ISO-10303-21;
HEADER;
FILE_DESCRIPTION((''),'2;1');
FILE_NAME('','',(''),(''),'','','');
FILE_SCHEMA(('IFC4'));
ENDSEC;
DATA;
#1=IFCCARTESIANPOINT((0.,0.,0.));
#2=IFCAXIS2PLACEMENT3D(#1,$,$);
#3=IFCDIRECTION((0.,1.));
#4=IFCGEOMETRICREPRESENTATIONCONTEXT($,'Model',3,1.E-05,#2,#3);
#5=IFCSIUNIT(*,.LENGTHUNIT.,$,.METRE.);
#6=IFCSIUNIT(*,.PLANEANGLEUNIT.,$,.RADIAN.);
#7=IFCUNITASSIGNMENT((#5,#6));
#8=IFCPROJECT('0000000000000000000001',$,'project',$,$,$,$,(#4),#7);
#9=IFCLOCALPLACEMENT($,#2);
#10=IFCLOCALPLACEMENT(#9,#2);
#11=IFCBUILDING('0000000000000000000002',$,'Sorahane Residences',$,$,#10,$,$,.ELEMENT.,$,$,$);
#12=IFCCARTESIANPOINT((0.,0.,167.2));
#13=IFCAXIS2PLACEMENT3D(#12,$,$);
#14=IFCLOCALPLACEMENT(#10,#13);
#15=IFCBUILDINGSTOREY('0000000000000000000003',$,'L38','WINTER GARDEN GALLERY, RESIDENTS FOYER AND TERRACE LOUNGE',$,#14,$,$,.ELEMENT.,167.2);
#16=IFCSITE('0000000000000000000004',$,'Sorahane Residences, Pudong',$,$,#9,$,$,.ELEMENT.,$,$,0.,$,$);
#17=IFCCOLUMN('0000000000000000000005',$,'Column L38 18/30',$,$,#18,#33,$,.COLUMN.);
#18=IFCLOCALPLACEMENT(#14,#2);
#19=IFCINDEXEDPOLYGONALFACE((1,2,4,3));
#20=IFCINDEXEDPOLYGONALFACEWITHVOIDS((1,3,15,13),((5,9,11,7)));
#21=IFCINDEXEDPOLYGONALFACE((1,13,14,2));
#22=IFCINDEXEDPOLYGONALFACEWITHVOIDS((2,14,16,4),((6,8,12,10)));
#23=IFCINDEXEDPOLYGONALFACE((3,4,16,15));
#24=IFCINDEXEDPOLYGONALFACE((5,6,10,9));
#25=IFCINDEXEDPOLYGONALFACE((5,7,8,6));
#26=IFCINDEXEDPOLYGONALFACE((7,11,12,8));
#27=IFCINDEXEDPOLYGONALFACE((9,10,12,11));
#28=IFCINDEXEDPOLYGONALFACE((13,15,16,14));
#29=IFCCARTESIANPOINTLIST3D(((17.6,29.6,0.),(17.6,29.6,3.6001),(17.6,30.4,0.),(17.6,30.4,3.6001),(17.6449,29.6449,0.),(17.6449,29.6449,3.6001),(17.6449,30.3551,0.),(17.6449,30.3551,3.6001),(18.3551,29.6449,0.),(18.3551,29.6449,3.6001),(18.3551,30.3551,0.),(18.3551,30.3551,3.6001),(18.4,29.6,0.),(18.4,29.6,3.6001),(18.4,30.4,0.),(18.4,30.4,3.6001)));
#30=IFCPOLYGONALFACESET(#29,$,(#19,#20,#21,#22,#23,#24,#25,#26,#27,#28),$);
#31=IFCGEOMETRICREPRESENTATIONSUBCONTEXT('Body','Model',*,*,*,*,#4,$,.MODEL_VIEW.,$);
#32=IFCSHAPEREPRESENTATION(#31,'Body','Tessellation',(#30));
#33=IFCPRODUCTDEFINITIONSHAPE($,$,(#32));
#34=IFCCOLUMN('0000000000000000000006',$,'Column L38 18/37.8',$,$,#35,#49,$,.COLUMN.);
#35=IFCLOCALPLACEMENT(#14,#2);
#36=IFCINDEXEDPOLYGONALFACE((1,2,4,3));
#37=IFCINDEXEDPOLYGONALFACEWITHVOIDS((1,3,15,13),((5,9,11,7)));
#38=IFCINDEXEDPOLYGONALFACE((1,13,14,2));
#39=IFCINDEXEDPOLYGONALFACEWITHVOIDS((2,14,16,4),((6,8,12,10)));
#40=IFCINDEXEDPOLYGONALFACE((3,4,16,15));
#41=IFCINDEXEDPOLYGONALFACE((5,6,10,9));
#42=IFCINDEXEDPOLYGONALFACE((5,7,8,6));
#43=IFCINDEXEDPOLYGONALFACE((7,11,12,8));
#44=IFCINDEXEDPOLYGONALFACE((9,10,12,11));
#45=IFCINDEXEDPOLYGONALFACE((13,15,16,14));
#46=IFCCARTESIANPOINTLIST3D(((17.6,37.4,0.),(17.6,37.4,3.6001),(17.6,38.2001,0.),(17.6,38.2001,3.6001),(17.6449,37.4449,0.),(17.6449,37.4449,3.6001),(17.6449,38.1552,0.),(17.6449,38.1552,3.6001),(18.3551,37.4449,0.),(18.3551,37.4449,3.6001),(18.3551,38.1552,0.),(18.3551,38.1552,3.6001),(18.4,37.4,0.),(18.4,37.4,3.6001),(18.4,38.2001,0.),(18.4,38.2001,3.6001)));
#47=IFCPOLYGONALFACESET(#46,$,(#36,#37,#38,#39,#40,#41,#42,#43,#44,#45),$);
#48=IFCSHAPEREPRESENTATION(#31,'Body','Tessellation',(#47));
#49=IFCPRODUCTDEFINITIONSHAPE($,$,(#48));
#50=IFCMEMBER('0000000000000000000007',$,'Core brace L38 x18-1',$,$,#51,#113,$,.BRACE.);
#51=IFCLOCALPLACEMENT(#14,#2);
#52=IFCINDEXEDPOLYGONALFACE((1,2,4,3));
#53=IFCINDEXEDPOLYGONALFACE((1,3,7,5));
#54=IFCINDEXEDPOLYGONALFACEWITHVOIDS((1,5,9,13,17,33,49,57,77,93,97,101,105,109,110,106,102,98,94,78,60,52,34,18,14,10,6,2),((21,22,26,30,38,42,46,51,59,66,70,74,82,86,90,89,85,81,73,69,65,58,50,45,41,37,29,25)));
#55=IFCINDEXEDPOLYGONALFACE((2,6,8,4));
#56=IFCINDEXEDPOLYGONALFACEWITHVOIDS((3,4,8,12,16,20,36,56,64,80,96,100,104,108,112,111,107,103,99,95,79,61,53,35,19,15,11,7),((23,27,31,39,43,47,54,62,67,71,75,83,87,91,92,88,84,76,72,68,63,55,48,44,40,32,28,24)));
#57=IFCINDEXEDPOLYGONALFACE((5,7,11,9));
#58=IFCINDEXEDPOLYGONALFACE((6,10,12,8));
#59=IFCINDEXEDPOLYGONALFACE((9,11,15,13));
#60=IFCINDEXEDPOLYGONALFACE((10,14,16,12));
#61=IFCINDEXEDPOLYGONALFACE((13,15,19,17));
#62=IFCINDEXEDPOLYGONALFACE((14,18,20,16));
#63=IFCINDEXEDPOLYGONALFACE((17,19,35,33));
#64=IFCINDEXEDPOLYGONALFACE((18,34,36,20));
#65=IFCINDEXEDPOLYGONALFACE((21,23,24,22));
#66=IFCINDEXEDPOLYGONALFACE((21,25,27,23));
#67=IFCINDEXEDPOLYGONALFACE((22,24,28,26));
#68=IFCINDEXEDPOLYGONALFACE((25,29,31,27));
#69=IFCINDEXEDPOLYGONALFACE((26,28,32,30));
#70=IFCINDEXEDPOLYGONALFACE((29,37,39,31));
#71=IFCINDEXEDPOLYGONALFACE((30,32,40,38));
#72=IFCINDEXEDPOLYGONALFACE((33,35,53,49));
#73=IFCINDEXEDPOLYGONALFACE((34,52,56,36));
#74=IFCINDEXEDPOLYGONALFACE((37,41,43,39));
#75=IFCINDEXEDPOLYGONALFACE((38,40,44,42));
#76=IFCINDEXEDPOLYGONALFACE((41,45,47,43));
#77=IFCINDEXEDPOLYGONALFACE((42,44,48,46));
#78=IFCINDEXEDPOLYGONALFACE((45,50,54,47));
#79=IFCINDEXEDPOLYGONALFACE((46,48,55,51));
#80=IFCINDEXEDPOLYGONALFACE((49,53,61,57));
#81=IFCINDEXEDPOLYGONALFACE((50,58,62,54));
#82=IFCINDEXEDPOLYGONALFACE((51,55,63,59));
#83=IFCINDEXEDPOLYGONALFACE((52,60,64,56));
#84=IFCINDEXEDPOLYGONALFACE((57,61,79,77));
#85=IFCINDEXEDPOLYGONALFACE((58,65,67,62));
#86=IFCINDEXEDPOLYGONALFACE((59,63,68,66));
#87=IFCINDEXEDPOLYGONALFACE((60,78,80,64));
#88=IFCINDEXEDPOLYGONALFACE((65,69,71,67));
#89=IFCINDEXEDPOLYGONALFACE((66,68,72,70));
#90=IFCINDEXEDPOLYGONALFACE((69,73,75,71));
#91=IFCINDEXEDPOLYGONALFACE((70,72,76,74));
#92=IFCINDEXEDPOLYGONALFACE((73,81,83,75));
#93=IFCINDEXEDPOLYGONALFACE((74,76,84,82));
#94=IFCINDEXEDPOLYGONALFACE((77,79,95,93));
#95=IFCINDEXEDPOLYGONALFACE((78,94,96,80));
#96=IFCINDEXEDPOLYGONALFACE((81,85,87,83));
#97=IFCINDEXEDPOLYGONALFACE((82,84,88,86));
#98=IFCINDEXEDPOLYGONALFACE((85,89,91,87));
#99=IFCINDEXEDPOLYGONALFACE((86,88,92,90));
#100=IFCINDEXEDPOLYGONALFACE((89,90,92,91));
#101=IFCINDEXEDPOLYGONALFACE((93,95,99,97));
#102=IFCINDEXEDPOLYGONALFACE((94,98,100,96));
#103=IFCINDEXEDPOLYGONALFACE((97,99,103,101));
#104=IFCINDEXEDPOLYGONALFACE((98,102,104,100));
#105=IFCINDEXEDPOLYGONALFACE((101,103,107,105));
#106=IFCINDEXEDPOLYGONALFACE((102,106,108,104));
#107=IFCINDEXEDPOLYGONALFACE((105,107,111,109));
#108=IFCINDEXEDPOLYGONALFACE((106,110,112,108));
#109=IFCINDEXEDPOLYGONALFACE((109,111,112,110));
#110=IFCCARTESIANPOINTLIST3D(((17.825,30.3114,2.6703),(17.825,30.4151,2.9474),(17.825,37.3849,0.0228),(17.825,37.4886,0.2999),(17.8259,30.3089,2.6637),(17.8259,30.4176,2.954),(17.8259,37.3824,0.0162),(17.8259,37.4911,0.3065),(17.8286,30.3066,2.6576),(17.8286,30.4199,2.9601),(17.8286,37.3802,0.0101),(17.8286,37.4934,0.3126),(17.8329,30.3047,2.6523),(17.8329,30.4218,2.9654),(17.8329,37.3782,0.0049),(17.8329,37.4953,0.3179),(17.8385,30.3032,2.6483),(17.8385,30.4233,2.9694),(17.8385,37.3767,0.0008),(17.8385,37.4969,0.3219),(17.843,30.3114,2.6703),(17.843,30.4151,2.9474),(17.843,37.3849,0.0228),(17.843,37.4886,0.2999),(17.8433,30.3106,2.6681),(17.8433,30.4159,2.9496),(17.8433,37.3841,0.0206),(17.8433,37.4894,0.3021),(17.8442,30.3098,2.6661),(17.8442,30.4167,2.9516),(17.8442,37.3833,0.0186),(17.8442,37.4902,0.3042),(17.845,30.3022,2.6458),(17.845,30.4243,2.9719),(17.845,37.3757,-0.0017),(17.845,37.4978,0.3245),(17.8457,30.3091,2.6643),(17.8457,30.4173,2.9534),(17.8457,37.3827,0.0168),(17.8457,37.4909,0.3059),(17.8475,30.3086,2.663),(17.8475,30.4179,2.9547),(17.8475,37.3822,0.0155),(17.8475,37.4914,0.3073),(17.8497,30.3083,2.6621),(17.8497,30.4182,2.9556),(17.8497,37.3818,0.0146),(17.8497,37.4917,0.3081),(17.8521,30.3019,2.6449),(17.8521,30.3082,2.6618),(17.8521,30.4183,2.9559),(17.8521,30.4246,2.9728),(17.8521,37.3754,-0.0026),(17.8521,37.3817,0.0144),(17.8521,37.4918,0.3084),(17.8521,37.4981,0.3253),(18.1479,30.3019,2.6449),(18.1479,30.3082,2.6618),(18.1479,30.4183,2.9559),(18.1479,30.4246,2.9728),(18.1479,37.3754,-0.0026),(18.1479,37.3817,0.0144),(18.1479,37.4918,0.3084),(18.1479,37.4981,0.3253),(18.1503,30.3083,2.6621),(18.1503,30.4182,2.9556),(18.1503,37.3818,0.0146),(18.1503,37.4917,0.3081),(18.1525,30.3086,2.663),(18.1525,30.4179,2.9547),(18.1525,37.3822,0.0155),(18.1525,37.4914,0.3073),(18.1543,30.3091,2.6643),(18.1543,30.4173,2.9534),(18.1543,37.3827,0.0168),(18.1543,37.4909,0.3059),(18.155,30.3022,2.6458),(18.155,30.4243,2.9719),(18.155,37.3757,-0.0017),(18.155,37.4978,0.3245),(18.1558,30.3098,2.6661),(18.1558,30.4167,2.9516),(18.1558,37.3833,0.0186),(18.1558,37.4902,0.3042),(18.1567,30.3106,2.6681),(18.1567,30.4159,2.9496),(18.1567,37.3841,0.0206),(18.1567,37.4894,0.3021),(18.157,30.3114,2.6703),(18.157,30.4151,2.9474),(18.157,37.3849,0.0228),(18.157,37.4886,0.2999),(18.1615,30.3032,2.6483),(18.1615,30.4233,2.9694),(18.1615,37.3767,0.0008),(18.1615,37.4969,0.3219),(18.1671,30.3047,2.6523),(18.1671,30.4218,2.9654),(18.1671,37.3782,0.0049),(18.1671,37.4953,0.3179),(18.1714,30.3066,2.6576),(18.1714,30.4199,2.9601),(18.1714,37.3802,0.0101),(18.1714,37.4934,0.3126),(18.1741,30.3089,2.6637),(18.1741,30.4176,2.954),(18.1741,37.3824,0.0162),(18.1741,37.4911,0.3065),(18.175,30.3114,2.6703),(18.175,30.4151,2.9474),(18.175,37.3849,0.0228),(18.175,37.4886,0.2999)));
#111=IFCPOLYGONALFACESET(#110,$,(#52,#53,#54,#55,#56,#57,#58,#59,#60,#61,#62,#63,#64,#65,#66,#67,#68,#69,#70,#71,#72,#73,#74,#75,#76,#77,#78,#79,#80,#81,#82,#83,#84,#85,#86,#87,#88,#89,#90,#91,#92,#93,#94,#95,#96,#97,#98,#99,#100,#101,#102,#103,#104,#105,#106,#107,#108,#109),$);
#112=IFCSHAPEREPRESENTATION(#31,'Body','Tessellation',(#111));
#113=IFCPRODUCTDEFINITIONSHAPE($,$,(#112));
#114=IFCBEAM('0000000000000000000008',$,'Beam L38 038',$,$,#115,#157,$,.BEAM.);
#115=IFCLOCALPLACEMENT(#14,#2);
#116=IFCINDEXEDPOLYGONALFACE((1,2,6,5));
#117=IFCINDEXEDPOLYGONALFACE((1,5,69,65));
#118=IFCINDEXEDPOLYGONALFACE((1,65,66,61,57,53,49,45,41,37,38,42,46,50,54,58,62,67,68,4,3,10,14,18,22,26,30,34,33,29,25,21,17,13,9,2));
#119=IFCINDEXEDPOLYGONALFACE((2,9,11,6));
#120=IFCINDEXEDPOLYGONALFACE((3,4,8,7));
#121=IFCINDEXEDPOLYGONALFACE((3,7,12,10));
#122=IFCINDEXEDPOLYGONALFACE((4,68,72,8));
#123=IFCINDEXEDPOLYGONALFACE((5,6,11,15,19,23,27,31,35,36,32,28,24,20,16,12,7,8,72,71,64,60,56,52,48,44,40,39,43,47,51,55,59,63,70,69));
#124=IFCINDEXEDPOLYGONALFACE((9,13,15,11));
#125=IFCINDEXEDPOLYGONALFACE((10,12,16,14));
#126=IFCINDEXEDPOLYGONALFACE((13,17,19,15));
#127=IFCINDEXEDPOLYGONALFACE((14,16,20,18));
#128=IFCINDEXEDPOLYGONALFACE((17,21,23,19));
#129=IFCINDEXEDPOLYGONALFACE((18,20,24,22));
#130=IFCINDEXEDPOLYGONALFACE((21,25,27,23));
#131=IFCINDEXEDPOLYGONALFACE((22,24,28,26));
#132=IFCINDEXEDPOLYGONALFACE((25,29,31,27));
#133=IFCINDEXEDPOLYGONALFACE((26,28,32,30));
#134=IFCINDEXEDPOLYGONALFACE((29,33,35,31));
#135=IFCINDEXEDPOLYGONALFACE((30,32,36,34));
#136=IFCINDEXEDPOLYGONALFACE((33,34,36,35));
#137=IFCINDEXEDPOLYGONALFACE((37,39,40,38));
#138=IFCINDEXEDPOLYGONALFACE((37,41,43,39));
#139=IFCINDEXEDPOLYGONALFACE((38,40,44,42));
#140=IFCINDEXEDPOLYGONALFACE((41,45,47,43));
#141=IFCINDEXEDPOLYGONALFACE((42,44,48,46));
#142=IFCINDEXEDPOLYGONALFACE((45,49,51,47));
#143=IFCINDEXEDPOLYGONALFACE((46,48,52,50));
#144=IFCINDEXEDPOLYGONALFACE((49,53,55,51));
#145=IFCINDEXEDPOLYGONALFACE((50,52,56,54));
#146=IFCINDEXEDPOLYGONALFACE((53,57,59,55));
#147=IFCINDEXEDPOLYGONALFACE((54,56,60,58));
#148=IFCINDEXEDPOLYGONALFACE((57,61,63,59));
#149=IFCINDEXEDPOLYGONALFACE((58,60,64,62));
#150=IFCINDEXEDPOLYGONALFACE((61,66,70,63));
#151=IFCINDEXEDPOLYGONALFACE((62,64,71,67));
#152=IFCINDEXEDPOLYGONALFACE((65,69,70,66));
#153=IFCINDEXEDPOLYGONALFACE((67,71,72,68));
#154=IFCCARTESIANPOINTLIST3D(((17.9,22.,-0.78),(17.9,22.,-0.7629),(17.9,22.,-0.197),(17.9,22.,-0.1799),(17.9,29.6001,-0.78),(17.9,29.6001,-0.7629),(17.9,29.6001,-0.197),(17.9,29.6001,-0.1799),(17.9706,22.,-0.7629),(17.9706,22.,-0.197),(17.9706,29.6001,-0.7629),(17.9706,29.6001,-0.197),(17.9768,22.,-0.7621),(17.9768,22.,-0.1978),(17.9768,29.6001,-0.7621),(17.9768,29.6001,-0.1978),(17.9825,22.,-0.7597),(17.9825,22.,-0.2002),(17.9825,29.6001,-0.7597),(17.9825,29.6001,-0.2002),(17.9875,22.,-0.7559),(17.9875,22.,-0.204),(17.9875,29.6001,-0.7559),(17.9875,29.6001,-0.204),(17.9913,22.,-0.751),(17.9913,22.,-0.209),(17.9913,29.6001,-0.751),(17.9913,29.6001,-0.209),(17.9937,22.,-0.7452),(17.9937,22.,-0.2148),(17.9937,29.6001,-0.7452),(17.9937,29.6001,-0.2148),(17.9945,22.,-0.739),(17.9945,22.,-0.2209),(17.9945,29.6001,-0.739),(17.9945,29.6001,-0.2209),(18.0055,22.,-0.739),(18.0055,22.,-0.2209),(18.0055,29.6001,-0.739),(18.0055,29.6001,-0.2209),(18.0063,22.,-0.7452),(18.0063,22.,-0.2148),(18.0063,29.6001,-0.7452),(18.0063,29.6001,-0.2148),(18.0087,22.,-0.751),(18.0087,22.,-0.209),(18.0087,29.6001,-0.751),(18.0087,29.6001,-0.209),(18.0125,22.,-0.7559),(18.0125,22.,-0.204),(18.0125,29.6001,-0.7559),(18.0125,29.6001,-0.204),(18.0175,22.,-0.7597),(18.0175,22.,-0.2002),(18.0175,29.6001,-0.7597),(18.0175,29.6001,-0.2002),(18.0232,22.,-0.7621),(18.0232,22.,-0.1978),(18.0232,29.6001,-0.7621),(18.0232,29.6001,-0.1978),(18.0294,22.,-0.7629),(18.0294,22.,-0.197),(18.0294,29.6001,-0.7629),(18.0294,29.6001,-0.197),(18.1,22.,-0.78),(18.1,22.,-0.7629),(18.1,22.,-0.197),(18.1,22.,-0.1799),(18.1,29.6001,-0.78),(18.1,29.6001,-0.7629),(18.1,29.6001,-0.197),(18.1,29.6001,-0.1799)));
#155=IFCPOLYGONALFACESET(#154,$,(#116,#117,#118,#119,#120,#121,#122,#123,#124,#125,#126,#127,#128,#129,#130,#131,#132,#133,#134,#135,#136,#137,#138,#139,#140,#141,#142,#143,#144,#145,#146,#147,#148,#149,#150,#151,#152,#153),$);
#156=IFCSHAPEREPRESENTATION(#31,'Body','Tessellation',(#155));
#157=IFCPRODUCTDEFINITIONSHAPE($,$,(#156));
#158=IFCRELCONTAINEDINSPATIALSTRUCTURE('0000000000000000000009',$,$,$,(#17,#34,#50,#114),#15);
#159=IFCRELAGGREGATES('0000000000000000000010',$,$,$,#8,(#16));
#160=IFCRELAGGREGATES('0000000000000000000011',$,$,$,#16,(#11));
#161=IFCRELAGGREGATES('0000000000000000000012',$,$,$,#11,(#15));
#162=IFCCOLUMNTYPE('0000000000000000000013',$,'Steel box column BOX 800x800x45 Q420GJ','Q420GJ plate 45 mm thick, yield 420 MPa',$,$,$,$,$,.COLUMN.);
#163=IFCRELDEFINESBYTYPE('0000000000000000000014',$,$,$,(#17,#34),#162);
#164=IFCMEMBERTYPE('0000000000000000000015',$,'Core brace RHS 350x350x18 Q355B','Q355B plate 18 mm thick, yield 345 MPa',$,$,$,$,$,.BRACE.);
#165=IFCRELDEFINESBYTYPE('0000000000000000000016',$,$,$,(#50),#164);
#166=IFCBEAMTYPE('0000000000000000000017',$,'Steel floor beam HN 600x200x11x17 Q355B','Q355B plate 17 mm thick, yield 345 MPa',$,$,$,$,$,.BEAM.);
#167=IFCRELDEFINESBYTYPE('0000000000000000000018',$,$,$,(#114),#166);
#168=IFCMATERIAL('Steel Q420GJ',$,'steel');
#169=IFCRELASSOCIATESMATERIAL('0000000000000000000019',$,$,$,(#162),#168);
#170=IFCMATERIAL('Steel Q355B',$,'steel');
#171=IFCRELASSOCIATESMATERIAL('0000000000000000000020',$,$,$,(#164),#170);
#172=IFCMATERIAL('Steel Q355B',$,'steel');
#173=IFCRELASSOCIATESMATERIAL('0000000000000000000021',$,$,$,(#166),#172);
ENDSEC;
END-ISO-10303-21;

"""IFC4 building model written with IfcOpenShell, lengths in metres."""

from ifc_helpers import new_model, si_unit, direction, frame, origin, origin_2d, place, context, subcontext, project, spatial, hollow_rectangle, i_section, extrude, material, material_profile, profile_set, type_object, element, save


model = new_model("IFC4")

# Units and contexts
model_context = context("Model", 3, precision=1e-05, world=origin(), true_north=direction((0.0, 1.0)))
body_context = subcontext(model_context, "Body", "Model", "MODEL_VIEW")
ifc_project = project(units=[si_unit("LENGTHUNIT", "METRE"), si_unit("PLANEANGLEUNIT", "RADIAN")], contexts=[model_context])

# Site, building, storey
site_placement = place(None, origin())
site = spatial("IfcSite", under=ifc_project, at=site_placement, Name="Sorahane Residences, Pudong", CompositionType="ELEMENT", RefElevation=0.0)
building_placement = place(site_placement, origin())
building = spatial("IfcBuilding", under=site, at=building_placement, Name="Sorahane Residences", CompositionType="ELEMENT")
storey_placement = place(building_placement, frame((0.0, 0.0, 167.2)))
storey = spatial("IfcBuildingStorey", under=building, at=storey_placement, Name="L38", Description="WINTER GARDEN GALLERY, RESIDENTS FOYER AND TERRACE LOUNGE", CompositionType="ELEMENT", Elevation=167.2)

# Columns
ifc_material_1 = material(Name="Steel Q420GJ", Category="steel")
ifc_material_profile_1 = material_profile(ifc_material_1, hollow_rectangle(XDim=0.8, YDim=0.8, WallThickness=0.0449, at=origin_2d()), Name="BOX 800x800x45")
ifc_profile_set_1 = profile_set([ifc_material_profile_1], Name="Steel Q420GJ")
column_type = type_object("IfcColumnType", Name="Steel box column BOX 800x800x45 Q420GJ", Description="Q420GJ plate 45 mm thick, yield 420 MPa", PredefinedType="COLUMN", material=ifc_profile_set_1)
for number, where, z_axis, x_axis, name in (
    (1, (18.0, 30.0, 0.0), (0.0, 0.0, 1.0), (1.0, 0.0, 0.0), "Column L38 18/30"),
    (2, (18.0, 37.8, 0.0), (0.0, 0.0, 1.0), (1.0, 0.0, 0.0), "Column L38 18/37.8"),
):
    element("IfcColumn", number, at=place(storey_placement, frame(where, z_axis=z_axis, x_axis=x_axis)), inside=storey, type_object=column_type, Name=name, PredefinedType="COLUMN", context=body_context, shape_type="SweptSolid", body=[
        extrude(hollow_rectangle(XDim=0.8, YDim=0.8, WallThickness=0.0449, at=origin_2d()), origin(), (0.0, 0.0, 1.0), 3.6001),
    ])

# Member
ifc_material_2 = material(Name="Steel Q355B", Category="steel")
ifc_material_profile_2 = material_profile(ifc_material_2, hollow_rectangle(XDim=0.3501, YDim=0.3501, WallThickness=0.0181, InnerFilletRadius=0.009, OuterFilletRadius=0.0271, at=origin_2d()), Name="RHS 350x350x18")
ifc_profile_set_2 = profile_set([ifc_material_profile_2], Name="Steel Q355B")
member_type = type_object("IfcMemberType", Name="Core brace RHS 350x350x18 Q355B", Description="Q355B plate 18 mm thick, yield 345 MPa", PredefinedType="BRACE", material=ifc_profile_set_2)
member_placement = place(storey_placement, frame((18.0, 37.4368, 0.1614), z_axis=(0.0, -0.936551, 0.350532), x_axis=(1.0, 0.0, 0.0)))
element("IfcMember", 3, at=member_placement, inside=storey, type_object=member_type, Name="Core brace L38 x18-1", PredefinedType="BRACE", context=body_context, shape_type="SweptSolid", body=[
    extrude(hollow_rectangle(XDim=0.3501, YDim=0.3501, WallThickness=0.0181, InnerFilletRadius=0.009, OuterFilletRadius=0.0271, at=origin_2d()), origin(), (0.0, 0.0, 1.0), 7.5527),
])

# Beam
ifc_material_3 = material(Name="Steel Q355B", Category="steel")
ifc_material_profile_3 = material_profile(ifc_material_3, i_section(OverallWidth=0.2, OverallDepth=0.6001, WebThickness=0.011, FlangeThickness=0.0171, FilletRadius=0.0239, at=origin_2d()), Name="HN 600x200x11x17")
ifc_profile_set_3 = profile_set([ifc_material_profile_3], Name="Steel Q355B")
beam_type = type_object("IfcBeamType", Name="Steel floor beam HN 600x200x11x17 Q355B", Description="Q355B plate 17 mm thick, yield 345 MPa", PredefinedType="BEAM", material=ifc_profile_set_3)
beam_placement = place(storey_placement, frame((18.0, 22.0, -0.48), z_axis=(0.0, 1.0, 0.0), x_axis=(-1.0, 0.0, 0.0)))
element("IfcBeam", 4, at=beam_placement, inside=storey, type_object=beam_type, Name="Beam L38 038", PredefinedType="BEAM", context=body_context, shape_type="SweptSolid", body=[
    extrude(i_section(OverallWidth=0.2, OverallDepth=0.6001, WebThickness=0.011, FlangeThickness=0.0171, FilletRadius=0.0239, at=origin_2d()), origin(), (0.0, 0.0, 1.0), 7.6001),
])

save(model, "model.ifc")
